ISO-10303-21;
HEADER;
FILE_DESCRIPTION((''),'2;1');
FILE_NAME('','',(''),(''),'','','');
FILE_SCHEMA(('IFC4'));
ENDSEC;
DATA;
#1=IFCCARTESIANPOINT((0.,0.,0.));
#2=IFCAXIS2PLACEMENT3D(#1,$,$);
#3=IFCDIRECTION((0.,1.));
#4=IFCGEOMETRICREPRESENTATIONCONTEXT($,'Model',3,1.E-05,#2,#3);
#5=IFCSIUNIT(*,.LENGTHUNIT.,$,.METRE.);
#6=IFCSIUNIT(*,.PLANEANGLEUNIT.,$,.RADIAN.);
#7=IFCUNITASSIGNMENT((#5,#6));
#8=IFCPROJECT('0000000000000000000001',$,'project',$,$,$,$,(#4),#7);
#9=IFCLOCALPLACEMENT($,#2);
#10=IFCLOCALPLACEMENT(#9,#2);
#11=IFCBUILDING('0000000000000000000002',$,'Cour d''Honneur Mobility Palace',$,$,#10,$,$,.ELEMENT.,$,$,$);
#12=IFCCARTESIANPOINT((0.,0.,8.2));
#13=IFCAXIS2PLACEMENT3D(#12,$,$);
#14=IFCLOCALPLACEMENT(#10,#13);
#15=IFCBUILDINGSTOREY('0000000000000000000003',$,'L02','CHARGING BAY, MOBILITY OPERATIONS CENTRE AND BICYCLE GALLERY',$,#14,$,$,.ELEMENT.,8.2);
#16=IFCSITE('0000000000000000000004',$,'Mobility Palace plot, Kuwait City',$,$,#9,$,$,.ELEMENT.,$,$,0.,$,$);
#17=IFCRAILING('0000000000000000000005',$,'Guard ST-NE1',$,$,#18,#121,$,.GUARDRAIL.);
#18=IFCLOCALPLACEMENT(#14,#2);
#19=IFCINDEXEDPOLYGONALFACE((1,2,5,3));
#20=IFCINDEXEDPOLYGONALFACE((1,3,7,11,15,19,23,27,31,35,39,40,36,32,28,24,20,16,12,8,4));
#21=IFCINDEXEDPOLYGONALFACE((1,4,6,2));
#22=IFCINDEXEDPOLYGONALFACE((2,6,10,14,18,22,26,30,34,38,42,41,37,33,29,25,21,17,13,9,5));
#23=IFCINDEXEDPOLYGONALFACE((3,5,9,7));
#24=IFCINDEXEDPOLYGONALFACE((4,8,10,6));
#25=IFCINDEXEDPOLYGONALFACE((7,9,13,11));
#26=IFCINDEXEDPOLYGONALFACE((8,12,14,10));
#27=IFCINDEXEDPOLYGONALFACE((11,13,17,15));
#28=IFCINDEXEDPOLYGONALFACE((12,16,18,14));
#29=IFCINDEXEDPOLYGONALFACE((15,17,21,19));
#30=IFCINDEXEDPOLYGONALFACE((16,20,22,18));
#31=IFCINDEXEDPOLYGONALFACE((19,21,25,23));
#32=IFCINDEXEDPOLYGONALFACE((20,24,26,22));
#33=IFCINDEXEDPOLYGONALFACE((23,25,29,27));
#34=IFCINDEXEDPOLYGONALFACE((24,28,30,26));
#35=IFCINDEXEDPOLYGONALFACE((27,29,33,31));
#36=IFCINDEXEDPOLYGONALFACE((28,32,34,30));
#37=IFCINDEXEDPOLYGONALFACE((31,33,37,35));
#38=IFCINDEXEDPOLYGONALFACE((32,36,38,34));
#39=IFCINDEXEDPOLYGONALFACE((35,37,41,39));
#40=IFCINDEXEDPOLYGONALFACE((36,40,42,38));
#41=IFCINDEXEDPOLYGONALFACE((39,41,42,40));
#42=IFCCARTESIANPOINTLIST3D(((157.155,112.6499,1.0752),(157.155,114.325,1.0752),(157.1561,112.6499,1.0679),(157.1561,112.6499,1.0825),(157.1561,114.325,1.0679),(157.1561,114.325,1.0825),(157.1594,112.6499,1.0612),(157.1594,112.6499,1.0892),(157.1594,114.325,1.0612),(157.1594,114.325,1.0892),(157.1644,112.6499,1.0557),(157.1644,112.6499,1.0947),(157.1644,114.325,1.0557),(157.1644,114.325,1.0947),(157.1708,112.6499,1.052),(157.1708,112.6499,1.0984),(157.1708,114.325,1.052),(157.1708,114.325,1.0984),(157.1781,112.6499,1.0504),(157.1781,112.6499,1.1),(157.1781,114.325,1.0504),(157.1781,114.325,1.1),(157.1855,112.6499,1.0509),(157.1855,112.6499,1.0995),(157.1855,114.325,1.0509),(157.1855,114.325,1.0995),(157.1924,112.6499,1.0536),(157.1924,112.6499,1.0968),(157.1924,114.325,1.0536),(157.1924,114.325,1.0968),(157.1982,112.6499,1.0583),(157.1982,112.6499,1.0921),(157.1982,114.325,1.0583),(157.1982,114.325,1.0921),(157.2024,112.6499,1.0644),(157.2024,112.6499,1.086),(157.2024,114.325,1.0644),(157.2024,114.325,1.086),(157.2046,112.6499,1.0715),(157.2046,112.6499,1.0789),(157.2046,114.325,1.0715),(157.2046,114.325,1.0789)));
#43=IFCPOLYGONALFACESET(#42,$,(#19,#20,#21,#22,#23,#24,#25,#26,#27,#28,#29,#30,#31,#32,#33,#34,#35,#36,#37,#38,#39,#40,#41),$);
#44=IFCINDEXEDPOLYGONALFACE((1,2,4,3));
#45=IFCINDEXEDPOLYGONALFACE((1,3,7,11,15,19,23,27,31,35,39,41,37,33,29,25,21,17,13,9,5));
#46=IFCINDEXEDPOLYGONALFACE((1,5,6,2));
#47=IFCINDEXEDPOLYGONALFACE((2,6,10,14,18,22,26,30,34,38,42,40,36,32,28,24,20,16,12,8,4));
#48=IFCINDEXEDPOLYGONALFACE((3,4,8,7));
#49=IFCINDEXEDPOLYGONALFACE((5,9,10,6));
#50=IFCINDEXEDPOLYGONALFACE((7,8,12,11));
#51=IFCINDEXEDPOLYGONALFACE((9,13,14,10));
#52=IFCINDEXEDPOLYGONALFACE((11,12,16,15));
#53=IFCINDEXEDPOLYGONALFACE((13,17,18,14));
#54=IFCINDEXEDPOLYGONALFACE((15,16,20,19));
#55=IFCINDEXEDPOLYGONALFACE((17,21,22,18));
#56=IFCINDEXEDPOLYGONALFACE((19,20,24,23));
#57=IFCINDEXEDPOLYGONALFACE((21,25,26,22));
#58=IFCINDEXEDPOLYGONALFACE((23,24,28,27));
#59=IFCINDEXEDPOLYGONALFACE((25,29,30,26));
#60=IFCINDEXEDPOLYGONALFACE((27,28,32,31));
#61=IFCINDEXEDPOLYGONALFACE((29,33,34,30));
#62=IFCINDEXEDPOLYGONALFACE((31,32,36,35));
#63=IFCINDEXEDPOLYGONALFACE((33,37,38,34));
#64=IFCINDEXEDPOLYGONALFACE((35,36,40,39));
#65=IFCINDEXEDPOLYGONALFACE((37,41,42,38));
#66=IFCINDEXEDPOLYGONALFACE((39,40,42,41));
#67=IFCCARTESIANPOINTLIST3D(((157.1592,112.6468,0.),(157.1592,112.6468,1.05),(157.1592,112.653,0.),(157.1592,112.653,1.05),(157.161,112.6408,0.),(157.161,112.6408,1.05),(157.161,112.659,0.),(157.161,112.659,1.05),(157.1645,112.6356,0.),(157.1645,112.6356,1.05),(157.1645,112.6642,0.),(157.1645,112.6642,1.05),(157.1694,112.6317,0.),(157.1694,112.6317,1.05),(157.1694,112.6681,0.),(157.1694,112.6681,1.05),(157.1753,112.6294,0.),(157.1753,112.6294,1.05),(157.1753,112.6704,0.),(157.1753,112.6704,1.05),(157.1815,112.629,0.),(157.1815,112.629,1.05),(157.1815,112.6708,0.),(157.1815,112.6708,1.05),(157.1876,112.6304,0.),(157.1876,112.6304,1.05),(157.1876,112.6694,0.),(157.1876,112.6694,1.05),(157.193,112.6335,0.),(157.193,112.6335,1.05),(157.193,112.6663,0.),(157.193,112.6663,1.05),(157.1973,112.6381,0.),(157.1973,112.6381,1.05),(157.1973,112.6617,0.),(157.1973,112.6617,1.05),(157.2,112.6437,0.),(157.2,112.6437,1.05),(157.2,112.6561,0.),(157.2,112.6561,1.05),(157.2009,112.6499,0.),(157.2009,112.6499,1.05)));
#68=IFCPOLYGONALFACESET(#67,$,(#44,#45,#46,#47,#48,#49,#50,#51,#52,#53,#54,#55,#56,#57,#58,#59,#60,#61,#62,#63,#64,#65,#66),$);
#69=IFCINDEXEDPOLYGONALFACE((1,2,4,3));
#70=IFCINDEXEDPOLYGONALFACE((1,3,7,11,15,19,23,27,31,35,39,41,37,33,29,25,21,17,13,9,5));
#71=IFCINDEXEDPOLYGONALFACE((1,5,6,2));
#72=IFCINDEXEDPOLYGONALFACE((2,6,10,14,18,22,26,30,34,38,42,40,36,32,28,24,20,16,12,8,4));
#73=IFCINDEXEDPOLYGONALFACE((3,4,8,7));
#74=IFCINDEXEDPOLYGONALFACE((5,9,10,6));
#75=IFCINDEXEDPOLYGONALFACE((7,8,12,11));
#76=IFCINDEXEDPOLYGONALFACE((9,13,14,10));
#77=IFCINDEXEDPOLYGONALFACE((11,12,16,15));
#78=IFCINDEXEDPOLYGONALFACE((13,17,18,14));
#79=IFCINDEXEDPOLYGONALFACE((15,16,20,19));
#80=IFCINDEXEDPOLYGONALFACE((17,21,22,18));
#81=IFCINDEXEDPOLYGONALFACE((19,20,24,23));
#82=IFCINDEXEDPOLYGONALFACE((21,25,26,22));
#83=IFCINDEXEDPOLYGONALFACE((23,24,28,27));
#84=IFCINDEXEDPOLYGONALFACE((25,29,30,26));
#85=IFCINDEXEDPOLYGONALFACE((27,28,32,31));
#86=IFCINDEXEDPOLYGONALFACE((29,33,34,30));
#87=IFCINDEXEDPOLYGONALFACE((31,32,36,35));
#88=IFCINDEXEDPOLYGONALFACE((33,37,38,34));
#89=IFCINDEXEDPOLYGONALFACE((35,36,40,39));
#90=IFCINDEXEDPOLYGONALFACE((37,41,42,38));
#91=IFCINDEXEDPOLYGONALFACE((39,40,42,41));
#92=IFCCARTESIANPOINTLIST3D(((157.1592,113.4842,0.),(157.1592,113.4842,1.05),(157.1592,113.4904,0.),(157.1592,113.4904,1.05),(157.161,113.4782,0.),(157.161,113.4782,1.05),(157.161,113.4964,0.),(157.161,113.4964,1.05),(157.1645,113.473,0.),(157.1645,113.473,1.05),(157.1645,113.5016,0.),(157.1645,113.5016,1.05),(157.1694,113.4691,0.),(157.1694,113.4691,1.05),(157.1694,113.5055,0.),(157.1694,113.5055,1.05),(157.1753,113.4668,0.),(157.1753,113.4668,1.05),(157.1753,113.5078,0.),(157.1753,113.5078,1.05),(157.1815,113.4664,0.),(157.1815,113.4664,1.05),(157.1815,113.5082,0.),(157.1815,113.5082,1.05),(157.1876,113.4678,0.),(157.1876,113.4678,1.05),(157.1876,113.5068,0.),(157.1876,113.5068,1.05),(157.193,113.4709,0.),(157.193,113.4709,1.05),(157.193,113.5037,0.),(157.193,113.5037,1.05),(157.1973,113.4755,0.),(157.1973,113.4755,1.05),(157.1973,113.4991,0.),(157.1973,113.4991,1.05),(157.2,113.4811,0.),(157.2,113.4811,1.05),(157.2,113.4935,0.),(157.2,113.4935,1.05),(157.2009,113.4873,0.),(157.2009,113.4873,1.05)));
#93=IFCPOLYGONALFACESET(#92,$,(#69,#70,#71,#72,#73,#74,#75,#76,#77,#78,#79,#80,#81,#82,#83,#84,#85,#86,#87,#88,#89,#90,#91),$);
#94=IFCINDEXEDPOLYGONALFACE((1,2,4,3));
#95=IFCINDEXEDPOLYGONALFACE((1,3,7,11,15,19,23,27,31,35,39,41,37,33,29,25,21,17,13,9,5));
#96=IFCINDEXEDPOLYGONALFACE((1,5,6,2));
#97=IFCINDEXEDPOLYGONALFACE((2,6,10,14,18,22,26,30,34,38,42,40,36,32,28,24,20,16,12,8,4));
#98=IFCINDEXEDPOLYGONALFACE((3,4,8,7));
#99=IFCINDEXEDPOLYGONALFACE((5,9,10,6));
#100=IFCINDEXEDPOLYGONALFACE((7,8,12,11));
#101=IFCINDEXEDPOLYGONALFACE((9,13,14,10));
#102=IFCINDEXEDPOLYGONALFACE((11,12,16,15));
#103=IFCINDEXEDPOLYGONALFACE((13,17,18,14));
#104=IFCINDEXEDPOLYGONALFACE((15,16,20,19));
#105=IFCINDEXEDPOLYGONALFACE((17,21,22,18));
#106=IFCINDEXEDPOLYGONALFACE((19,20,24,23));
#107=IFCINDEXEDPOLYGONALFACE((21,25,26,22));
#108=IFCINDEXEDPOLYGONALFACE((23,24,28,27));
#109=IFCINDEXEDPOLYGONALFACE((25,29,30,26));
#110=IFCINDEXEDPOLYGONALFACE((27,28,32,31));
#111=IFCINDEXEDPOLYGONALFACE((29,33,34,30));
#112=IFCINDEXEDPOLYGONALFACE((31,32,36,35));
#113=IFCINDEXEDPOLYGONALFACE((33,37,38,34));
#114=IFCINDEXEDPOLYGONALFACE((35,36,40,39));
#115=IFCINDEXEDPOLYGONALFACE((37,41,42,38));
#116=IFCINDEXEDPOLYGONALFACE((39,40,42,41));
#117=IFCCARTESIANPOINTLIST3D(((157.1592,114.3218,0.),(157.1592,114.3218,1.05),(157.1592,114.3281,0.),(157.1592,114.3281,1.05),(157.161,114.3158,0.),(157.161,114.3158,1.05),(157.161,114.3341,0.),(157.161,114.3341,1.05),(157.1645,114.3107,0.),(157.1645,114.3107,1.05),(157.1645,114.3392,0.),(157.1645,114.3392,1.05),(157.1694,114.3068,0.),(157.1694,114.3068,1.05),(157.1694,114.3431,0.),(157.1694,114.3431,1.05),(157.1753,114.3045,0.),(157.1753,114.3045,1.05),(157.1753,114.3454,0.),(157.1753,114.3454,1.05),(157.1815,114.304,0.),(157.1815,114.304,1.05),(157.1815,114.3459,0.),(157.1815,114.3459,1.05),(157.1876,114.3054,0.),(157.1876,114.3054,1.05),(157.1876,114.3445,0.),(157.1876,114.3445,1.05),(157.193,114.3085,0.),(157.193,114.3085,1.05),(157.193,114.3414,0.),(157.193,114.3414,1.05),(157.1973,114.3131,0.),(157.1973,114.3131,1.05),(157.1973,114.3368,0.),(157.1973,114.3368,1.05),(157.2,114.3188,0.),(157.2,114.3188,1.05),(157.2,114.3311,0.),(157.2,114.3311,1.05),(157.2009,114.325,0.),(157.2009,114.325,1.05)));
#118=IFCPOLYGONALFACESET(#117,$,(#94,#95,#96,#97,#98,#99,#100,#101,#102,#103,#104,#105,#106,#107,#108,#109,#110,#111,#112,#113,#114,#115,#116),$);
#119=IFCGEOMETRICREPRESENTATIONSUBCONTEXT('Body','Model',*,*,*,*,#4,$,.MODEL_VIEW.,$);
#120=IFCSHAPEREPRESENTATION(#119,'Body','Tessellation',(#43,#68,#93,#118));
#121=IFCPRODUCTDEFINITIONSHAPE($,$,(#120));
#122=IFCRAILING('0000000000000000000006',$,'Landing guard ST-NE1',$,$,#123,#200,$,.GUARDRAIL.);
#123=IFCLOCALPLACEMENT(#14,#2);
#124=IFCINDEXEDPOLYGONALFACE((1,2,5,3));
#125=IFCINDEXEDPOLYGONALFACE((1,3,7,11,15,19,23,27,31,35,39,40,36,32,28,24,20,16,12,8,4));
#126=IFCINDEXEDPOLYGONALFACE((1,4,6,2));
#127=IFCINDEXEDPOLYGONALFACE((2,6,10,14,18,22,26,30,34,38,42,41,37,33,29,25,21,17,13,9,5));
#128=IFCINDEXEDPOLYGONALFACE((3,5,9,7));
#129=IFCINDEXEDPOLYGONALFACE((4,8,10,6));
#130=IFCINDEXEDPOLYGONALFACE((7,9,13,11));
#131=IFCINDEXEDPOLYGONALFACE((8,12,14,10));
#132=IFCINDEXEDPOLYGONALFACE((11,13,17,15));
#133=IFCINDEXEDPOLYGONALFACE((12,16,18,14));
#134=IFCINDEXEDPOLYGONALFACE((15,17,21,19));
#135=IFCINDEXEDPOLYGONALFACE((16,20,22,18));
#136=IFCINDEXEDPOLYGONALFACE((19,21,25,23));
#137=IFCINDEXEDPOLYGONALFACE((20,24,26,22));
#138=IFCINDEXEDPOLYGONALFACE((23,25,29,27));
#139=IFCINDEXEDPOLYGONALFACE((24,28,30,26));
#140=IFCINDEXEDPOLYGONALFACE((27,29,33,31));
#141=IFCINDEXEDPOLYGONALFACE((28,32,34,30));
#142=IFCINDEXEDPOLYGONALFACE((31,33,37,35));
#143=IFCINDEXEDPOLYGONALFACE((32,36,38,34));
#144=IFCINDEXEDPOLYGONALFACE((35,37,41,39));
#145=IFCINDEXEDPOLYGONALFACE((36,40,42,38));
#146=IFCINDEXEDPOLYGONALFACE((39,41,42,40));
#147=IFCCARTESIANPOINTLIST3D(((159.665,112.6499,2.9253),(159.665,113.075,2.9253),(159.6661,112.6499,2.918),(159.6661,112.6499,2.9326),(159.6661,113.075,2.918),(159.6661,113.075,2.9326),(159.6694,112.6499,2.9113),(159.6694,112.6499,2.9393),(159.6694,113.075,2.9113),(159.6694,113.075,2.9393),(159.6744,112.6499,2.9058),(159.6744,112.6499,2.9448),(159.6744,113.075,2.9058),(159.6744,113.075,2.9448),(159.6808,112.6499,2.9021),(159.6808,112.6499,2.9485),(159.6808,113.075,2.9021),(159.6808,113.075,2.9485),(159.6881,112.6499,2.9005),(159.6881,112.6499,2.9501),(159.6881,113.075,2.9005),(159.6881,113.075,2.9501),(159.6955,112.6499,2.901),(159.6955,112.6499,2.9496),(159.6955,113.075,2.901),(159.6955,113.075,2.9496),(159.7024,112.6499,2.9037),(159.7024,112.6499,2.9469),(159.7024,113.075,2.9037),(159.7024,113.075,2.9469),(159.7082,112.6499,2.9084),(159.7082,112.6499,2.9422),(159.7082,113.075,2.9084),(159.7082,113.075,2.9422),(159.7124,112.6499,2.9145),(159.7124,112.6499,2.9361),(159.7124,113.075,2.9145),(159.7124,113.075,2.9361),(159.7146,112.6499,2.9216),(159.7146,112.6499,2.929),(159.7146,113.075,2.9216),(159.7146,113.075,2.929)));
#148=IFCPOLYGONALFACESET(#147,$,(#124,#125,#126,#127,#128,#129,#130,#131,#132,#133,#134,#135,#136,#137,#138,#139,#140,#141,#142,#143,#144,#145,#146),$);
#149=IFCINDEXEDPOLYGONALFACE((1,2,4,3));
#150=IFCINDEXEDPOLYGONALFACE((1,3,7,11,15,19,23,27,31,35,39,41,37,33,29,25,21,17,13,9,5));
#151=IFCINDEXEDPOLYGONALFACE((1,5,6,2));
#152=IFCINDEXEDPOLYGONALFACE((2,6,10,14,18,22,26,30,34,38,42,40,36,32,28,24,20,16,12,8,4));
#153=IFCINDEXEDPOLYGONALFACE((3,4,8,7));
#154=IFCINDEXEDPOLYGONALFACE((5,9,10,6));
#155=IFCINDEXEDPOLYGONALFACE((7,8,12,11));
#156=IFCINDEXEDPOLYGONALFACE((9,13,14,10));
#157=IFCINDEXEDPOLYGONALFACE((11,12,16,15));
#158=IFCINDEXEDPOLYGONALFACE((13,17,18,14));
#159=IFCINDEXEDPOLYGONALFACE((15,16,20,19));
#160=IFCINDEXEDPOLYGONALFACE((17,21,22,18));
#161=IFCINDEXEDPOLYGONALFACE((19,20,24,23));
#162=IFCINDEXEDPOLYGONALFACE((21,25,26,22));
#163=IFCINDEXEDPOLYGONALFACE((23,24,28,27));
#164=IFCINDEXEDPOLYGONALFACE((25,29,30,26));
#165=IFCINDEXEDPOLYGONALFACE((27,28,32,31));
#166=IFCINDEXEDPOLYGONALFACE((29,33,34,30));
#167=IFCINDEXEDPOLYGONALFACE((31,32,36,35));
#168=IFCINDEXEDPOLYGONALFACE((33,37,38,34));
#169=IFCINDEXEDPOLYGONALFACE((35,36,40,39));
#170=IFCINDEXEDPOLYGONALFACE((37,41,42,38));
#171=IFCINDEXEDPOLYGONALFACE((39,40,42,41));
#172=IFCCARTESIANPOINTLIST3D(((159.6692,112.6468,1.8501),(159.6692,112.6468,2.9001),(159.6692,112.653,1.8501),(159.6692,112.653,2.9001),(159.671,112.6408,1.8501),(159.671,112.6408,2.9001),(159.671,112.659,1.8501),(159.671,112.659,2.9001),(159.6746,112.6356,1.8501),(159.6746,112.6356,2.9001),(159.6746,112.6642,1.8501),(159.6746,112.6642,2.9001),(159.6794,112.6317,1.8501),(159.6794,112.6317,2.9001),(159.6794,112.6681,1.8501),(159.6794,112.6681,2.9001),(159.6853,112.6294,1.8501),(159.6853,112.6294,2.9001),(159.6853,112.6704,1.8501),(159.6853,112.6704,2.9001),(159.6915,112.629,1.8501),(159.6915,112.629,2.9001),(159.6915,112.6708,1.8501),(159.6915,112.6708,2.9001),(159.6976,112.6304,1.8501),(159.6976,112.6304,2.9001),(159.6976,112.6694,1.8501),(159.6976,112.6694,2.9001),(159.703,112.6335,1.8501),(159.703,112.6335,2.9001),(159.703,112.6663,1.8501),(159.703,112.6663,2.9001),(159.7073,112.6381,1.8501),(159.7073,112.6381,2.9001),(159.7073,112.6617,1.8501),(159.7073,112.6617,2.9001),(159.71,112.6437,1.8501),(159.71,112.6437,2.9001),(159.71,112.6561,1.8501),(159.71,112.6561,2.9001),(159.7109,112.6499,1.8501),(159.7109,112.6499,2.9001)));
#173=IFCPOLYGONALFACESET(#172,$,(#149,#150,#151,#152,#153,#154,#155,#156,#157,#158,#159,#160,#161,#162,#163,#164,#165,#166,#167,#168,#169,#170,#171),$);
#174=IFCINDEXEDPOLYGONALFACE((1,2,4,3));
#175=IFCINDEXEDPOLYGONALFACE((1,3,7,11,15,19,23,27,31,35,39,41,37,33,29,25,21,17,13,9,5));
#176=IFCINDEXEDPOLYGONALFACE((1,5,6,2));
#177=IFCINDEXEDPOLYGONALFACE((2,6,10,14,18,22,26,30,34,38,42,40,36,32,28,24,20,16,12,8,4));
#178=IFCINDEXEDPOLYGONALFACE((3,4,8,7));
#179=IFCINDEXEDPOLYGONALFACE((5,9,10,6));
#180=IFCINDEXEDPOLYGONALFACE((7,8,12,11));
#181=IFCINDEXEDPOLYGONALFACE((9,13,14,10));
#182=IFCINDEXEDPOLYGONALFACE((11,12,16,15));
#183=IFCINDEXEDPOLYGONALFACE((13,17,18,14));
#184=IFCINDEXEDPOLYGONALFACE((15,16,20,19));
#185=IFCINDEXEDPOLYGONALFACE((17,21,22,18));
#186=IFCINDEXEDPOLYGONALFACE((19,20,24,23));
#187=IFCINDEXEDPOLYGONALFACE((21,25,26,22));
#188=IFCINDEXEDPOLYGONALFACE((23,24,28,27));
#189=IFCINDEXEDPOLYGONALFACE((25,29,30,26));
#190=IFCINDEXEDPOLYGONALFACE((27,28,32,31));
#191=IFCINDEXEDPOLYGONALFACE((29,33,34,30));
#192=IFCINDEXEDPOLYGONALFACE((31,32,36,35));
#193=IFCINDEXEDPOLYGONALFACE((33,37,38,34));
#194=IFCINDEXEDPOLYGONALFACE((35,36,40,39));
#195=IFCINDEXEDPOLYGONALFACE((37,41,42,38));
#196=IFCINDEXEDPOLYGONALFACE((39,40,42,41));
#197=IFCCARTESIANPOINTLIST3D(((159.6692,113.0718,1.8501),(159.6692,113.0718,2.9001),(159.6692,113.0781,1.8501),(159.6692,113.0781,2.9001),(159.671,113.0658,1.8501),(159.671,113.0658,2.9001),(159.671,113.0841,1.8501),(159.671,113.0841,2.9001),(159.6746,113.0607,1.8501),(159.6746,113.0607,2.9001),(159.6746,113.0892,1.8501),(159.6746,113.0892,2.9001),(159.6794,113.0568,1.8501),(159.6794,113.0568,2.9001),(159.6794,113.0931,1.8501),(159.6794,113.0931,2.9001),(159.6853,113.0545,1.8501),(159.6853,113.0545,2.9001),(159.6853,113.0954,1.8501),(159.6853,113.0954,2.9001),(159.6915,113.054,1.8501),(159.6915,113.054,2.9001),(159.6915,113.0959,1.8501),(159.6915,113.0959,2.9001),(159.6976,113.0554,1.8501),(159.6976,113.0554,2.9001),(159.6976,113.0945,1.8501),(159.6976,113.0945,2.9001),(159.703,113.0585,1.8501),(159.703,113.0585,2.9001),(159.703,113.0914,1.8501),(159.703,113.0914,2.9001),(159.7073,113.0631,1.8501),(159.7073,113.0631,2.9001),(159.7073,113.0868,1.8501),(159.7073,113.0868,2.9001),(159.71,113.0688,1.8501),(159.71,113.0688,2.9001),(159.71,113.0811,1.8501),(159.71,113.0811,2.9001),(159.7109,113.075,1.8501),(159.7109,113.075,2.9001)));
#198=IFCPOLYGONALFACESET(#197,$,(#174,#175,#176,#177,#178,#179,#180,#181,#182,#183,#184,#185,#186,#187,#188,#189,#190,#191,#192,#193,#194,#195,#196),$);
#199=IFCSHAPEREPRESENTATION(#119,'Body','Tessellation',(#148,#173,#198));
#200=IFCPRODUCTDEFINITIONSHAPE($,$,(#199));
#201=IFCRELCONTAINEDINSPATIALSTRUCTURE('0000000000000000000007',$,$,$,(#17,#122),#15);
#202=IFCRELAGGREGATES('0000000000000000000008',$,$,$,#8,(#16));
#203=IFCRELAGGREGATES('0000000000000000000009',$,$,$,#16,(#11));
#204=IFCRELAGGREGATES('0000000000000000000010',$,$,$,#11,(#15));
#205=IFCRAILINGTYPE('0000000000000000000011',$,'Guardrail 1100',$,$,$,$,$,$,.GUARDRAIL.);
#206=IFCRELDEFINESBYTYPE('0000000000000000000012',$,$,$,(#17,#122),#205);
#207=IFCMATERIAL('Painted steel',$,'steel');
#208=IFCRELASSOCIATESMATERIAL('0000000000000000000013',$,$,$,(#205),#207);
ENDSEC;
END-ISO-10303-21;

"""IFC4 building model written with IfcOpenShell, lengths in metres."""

from ifc_helpers import new_model, si_unit, direction, frame, origin, origin_2d, place, context, subcontext, project, spatial, circle, extrude, material, type_object, element, save


model = new_model("IFC4")

# Units and contexts
model_context = context("Model", 3, precision=1e-05, world=origin(), true_north=direction((0.0, 1.0)))
body_context = subcontext(model_context, "Body", "Model", "MODEL_VIEW")
ifc_project = project(units=[si_unit("LENGTHUNIT", "METRE"), si_unit("PLANEANGLEUNIT", "RADIAN")], contexts=[model_context])

# Site, building, storey
site_placement = place(None, origin())
site = spatial("IfcSite", under=ifc_project, at=site_placement, Name="Mobility Palace plot, Kuwait City", CompositionType="ELEMENT", RefElevation=0.0)
building_placement = place(site_placement, origin())
building = spatial("IfcBuilding", under=site, at=building_placement, Name="Cour d'Honneur Mobility Palace", CompositionType="ELEMENT")
storey_placement = place(building_placement, frame((0.0, 0.0, 8.2)))
storey = spatial("IfcBuildingStorey", under=building, at=storey_placement, Name="L02", Description="CHARGING BAY, MOBILITY OPERATIONS CENTRE AND BICYCLE GALLERY", CompositionType="ELEMENT", Elevation=8.2)

# Railings
ifc_material_1 = material(Name="Painted steel", Category="steel")
railing_type_1 = type_object("IfcRailingType", Name="Guardrail 1100", PredefinedType="GUARDRAIL", material=ifc_material_1)
railing_1_placement = place(storey_placement, frame((157.1799, 112.6499, 0.0)))
element("IfcRailing", 1, at=railing_1_placement, inside=storey, type_object=railing_type_1, Name="Guard ST-NE1", PredefinedType="GUARDRAIL", context=body_context, shape_type="SweptSolid", body=[
    extrude(circle(Radius=0.0249, at=origin_2d()), frame((0.0, 0.0, 1.0752), z_axis=(0.0, 1.0, 0.0), x_axis=(-1.0, 0.0, 0.0)), (0.0, 0.0, 1.0), 1.675),
    extrude(circle(Radius=0.021, at=origin_2d()), origin(), (0.0, 0.0, 1.0), 1.05),
    extrude(circle(Radius=0.021, at=origin_2d()), frame((0.0, 0.8374, 0.0)), (0.0, 0.0, 1.0), 1.05),
    extrude(circle(Radius=0.021, at=origin_2d()), frame((0.0, 1.675, 0.0)), (0.0, 0.0, 1.0), 1.05),
])
railing_2_placement = place(storey_placement, frame((159.6899, 112.6499, 1.8501)))
element("IfcRailing", 2, at=railing_2_placement, inside=storey, type_object=railing_type_1, Name="Landing guard ST-NE1", PredefinedType="GUARDRAIL", context=body_context, shape_type="SweptSolid", body=[
    extrude(circle(Radius=0.0249, at=origin_2d()), frame((0.0, 0.0, 1.0752), z_axis=(0.0, 1.0, 0.0), x_axis=(-1.0, 0.0, 0.0)), (0.0, 0.0, 1.0), 0.425),
    extrude(circle(Radius=0.021, at=origin_2d()), origin(), (0.0, 0.0, 1.0), 1.05),
    extrude(circle(Radius=0.021, at=origin_2d()), frame((0.0, 0.425, 0.0)), (0.0, 0.0, 1.0), 1.05),
])

save(model, "model.ifc")
